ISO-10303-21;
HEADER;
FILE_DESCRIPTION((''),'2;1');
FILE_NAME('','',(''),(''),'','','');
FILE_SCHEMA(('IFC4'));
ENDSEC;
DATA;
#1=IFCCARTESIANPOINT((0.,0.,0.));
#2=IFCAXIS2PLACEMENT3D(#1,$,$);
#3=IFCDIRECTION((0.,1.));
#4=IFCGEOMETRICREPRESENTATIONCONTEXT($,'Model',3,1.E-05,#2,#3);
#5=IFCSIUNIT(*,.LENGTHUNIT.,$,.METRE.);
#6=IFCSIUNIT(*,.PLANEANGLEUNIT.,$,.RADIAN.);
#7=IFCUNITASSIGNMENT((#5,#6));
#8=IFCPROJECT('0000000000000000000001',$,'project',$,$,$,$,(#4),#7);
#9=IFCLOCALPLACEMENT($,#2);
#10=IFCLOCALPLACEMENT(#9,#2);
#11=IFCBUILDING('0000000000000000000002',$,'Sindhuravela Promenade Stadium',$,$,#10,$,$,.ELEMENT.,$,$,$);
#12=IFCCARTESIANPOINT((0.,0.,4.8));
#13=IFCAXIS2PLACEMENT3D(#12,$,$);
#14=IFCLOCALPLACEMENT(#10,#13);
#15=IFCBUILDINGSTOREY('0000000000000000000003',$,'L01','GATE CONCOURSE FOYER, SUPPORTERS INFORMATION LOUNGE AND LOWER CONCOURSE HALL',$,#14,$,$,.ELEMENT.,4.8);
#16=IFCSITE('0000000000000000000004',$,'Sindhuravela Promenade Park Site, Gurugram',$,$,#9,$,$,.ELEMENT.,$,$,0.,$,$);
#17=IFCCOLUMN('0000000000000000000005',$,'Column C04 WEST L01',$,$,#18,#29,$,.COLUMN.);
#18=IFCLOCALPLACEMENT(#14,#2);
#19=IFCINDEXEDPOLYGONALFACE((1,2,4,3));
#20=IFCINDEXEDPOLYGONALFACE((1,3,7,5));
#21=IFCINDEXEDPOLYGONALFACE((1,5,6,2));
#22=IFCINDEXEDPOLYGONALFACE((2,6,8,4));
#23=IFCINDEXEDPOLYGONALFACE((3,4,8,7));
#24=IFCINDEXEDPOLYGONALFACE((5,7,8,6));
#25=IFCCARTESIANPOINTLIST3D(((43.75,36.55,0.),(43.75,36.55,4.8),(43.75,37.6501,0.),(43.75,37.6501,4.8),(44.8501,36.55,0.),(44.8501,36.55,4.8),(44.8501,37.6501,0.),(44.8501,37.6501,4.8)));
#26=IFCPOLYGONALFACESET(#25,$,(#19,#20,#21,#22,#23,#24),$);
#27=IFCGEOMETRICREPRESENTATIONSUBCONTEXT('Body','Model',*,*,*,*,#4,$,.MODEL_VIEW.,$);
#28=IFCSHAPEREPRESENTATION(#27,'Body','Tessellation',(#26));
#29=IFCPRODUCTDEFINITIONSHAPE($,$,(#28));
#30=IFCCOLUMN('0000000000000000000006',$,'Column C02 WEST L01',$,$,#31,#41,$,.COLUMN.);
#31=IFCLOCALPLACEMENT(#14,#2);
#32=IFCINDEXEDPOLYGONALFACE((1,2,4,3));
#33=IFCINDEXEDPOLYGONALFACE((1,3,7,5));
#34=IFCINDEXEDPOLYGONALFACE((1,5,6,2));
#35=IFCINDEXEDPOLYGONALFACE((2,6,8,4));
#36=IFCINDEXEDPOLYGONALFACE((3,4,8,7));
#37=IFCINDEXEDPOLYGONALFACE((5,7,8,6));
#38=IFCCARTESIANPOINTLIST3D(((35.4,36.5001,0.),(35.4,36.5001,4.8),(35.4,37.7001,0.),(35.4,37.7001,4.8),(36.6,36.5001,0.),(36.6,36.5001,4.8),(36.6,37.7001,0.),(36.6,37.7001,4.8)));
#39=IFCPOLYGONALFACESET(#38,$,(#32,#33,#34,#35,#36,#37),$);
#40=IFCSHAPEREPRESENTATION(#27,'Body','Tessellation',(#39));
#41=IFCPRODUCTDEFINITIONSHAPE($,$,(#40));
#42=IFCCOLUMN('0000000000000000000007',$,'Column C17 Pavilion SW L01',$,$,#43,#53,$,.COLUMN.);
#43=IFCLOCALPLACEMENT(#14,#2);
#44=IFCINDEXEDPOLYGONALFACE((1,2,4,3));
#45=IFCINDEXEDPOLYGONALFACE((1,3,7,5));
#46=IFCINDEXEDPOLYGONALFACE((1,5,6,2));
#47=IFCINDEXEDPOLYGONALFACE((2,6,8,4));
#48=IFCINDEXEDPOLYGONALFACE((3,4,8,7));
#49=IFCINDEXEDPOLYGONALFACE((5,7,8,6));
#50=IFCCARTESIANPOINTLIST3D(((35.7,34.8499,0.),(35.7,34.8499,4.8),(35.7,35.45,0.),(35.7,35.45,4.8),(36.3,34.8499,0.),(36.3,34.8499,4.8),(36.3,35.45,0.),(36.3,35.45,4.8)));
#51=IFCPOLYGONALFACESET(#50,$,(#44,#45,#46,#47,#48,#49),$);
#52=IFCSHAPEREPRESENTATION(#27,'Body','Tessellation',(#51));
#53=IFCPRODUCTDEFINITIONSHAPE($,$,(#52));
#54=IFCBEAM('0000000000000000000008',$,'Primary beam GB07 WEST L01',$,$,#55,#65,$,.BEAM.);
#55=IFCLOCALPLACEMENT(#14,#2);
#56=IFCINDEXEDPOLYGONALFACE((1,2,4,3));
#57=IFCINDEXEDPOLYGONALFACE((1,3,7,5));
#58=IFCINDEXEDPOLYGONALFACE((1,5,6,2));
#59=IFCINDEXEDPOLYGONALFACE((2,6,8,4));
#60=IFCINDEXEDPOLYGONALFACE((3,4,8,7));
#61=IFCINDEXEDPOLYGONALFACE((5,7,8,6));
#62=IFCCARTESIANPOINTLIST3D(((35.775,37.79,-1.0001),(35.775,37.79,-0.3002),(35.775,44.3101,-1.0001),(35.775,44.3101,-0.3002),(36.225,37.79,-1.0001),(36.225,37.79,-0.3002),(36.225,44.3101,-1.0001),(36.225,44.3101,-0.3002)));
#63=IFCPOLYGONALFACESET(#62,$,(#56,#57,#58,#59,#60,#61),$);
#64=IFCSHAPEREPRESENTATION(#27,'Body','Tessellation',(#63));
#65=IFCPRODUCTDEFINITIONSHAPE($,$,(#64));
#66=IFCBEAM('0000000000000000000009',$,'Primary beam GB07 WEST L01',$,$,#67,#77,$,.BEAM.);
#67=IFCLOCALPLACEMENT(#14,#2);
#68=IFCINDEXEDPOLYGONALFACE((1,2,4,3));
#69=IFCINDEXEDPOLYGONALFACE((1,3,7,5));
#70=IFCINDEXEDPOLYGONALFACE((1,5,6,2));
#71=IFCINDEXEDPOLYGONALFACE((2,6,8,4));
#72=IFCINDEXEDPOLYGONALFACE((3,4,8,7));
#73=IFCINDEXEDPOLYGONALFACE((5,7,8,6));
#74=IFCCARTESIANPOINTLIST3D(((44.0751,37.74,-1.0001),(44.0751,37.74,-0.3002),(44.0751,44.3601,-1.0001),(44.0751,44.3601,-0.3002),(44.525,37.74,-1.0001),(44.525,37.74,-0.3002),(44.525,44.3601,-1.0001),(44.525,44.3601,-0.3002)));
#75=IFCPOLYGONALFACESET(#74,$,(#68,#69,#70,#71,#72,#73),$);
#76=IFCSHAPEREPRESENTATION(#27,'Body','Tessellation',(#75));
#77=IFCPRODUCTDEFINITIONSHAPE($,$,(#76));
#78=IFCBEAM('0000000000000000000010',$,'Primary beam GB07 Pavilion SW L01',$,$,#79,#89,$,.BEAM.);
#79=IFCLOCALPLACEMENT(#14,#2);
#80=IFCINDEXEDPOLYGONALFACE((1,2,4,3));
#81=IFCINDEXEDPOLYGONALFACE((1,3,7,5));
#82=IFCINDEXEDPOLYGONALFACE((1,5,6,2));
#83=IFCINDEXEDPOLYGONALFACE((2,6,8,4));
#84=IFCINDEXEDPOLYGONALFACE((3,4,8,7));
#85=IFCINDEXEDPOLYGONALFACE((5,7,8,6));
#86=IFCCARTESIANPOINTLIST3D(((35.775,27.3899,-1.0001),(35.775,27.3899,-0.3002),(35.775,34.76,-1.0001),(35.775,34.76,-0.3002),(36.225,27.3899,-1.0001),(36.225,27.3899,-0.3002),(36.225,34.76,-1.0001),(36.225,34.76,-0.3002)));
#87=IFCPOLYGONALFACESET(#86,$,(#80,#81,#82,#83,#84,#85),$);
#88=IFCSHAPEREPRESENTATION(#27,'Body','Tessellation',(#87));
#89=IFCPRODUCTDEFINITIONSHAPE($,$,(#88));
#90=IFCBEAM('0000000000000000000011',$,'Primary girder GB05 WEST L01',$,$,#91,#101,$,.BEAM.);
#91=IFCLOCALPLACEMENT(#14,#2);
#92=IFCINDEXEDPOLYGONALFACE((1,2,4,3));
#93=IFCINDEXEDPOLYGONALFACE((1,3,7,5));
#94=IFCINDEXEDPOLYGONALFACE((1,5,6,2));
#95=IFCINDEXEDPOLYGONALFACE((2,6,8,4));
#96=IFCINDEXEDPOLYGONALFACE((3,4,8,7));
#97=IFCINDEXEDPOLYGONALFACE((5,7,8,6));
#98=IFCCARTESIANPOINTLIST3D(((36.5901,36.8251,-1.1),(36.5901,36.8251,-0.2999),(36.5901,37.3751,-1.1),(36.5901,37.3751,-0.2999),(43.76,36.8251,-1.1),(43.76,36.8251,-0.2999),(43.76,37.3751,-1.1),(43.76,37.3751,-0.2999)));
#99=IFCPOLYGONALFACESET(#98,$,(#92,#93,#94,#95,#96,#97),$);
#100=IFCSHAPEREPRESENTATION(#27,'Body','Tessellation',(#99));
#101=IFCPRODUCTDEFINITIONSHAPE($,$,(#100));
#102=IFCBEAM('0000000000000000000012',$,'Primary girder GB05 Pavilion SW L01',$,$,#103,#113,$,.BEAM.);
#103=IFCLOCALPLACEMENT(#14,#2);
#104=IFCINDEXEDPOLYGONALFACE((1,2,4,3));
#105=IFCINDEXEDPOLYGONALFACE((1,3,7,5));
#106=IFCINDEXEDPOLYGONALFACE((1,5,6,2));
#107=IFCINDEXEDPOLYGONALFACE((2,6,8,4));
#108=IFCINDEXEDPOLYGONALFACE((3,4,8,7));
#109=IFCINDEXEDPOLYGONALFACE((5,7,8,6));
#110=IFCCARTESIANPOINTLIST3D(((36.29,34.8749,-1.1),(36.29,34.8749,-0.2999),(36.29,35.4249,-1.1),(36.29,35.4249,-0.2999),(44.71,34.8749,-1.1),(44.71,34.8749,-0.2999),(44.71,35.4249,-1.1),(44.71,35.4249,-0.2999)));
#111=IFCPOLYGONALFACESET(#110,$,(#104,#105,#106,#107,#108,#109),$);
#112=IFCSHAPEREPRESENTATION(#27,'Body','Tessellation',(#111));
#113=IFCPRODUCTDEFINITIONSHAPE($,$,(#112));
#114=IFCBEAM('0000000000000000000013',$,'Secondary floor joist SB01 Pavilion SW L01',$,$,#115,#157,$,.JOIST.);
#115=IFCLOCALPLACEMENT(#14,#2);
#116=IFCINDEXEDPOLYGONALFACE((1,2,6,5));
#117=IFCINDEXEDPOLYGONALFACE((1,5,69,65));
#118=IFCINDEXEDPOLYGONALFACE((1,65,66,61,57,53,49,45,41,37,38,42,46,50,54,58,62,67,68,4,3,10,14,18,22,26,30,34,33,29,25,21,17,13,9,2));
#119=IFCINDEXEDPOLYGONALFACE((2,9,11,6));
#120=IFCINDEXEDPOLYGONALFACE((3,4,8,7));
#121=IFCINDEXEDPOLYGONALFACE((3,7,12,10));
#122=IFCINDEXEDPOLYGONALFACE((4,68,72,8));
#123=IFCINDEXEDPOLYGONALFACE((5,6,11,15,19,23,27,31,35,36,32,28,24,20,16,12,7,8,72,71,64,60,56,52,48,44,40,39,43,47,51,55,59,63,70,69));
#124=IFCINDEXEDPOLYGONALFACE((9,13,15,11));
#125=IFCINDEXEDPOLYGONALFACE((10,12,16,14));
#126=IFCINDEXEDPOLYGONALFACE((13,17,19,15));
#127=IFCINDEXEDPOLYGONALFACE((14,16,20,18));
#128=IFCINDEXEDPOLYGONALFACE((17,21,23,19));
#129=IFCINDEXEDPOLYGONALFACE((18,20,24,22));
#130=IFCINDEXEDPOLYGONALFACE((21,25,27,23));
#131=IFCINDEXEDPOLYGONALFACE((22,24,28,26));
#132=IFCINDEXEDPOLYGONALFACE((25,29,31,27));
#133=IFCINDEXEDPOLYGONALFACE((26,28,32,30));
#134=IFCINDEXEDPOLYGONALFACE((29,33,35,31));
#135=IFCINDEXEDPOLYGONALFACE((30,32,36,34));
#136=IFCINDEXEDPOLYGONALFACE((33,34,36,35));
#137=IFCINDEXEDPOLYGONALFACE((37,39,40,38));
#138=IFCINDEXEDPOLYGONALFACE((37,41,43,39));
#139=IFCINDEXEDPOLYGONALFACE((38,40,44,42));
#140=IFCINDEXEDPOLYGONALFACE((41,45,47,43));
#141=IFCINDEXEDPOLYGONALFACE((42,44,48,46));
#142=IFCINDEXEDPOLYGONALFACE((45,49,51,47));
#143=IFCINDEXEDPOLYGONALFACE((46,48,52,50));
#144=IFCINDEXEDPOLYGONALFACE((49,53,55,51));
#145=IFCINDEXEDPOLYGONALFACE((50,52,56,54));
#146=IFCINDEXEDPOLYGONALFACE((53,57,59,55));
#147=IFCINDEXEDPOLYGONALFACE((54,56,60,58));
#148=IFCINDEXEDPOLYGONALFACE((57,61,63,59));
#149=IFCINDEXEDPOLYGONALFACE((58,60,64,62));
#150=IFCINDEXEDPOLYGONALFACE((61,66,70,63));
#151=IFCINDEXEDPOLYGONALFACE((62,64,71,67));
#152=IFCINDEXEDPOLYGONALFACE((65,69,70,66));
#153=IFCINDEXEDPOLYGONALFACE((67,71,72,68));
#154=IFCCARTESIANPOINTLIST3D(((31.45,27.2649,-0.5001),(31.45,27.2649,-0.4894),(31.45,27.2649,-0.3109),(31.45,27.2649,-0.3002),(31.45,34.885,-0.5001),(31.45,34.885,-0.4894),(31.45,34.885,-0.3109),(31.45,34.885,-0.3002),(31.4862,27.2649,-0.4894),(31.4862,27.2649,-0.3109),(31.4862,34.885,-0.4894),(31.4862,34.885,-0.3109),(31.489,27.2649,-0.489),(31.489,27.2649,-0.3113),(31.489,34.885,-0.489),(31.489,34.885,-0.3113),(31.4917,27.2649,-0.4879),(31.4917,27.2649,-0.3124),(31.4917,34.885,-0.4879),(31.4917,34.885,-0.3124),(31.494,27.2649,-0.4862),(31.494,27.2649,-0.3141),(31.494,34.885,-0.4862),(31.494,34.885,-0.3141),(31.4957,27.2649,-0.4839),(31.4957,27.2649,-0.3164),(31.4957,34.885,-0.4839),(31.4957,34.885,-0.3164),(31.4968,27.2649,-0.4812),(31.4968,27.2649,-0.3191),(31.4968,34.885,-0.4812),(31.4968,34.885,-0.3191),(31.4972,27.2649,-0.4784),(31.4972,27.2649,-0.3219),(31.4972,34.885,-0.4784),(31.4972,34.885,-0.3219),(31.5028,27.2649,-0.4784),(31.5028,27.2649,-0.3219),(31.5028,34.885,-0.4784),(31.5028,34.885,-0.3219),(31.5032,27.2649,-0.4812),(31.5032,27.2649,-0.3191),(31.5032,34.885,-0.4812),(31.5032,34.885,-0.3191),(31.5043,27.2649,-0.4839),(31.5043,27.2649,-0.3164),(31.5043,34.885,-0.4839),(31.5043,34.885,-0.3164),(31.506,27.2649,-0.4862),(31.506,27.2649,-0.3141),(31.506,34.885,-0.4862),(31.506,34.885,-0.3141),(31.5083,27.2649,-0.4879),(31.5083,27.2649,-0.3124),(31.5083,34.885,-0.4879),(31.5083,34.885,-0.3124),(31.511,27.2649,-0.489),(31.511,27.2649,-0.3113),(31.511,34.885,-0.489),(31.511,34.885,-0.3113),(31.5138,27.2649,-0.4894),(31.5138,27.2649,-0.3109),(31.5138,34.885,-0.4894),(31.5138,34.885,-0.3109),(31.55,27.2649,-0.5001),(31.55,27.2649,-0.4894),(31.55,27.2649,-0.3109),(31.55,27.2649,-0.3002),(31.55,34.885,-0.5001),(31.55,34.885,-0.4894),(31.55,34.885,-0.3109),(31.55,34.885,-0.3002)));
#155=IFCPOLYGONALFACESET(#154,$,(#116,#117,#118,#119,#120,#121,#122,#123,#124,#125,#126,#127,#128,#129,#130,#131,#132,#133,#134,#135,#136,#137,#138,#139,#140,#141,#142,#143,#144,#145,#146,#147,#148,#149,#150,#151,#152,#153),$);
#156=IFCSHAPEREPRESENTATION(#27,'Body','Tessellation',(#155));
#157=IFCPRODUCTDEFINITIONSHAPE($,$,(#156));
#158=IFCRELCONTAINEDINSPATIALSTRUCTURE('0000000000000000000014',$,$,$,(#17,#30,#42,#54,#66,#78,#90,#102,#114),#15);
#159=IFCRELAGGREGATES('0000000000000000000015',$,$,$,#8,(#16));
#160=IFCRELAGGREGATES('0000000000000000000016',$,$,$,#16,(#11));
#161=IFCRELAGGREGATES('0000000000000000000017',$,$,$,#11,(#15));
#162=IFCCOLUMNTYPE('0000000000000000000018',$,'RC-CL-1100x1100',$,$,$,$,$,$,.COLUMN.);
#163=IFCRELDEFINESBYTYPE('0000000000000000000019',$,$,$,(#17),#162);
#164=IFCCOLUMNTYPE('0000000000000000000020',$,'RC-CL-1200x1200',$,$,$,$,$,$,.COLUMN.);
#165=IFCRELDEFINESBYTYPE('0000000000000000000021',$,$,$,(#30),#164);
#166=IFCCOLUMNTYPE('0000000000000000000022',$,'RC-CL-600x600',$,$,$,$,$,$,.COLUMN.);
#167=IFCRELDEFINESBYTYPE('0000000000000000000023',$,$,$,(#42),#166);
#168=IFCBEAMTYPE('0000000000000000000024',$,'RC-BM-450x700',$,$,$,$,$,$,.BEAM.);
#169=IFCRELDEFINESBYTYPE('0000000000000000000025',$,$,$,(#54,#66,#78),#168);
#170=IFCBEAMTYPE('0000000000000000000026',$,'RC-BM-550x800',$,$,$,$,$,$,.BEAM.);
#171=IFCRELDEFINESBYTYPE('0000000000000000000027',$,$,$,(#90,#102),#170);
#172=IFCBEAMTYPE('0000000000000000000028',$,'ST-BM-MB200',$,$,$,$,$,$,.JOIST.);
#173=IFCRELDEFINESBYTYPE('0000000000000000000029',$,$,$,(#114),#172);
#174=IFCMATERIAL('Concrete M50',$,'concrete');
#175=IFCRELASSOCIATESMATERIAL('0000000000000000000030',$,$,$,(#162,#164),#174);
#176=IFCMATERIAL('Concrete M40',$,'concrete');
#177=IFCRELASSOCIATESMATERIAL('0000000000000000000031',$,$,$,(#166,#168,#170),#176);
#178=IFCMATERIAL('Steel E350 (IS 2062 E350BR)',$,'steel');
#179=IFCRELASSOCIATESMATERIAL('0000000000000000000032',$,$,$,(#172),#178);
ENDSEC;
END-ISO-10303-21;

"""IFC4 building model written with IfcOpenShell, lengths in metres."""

from ifc_helpers import new_model, si_unit, direction, frame, origin, origin_2d, place, context, subcontext, project, spatial, rectangle, i_section, extrude, material, material_profile, profile_set, type_object, element, save


model = new_model("IFC4")

# Units and contexts
model_context = context("Model", 3, precision=1e-05, world=origin(), true_north=direction((0.0, 1.0)))
body_context = subcontext(model_context, "Body", "Model", "MODEL_VIEW")
ifc_project = project(units=[si_unit("LENGTHUNIT", "METRE"), si_unit("PLANEANGLEUNIT", "RADIAN")], contexts=[model_context])

# Site, building, storey
site_placement = place(None, origin())
site = spatial("IfcSite", under=ifc_project, at=site_placement, Name="Sindhuravela Promenade Park Site, Gurugram", CompositionType="ELEMENT", RefElevation=0.0)
building_placement = place(site_placement, origin())
building = spatial("IfcBuilding", under=site, at=building_placement, Name="Sindhuravela Promenade Stadium", CompositionType="ELEMENT")
storey_placement = place(building_placement, frame((0.0, 0.0, 4.8)))
storey = spatial("IfcBuildingStorey", under=building, at=storey_placement, Name="L01", Description="GATE CONCOURSE FOYER, SUPPORTERS INFORMATION LOUNGE AND LOWER CONCOURSE HALL", CompositionType="ELEMENT", Elevation=4.8)

# Columns
ifc_material_1 = material(Name="Concrete M50", Category="concrete")
ifc_material_profile_1 = material_profile(ifc_material_1, rectangle(XDim=1.1001, YDim=1.1001, at=origin_2d()), Name="RC 1100x1100")
ifc_profile_set_1 = profile_set([ifc_material_profile_1], Name="Concrete M50")
column_type_1 = type_object("IfcColumnType", Name="RC-CL-1100x1100", PredefinedType="COLUMN", material=ifc_profile_set_1)
column_1_placement = place(storey_placement, frame((44.3, 37.1001, 0.0), z_axis=(0.0, 0.0, 1.0), x_axis=(1.0, 0.0, 0.0)))
element("IfcColumn", 1, at=column_1_placement, inside=storey, type_object=column_type_1, Name="Column C04 WEST L01", PredefinedType="COLUMN", context=body_context, shape_type="SweptSolid", body=[
    extrude(rectangle(XDim=1.1001, YDim=1.1001, at=origin_2d()), origin(), (0.0, 0.0, 1.0), 4.8),
])
ifc_material_profile_2 = material_profile(ifc_material_1, rectangle(XDim=1.2, YDim=1.2, at=origin_2d()), Name="RC 1200x1200")
ifc_profile_set_2 = profile_set([ifc_material_profile_2], Name="Concrete M50")
column_type_2 = type_object("IfcColumnType", Name="RC-CL-1200x1200", PredefinedType="COLUMN", material=ifc_profile_set_2)
column_2_placement = place(storey_placement, frame((36.0, 37.1001, 0.0), z_axis=(0.0, 0.0, 1.0), x_axis=(1.0, 0.0, 0.0)))
element("IfcColumn", 2, at=column_2_placement, inside=storey, type_object=column_type_2, Name="Column C02 WEST L01", PredefinedType="COLUMN", context=body_context, shape_type="SweptSolid", body=[
    extrude(rectangle(XDim=1.2, YDim=1.2, at=origin_2d()), origin(), (0.0, 0.0, 1.0), 4.8),
])
ifc_material_2 = material(Name="Concrete M40", Category="concrete")
ifc_material_profile_3 = material_profile(ifc_material_2, rectangle(XDim=0.6001, YDim=0.6001, at=origin_2d()), Name="RC 600x600")
ifc_profile_set_3 = profile_set([ifc_material_profile_3], Name="Concrete M40")
column_type_3 = type_object("IfcColumnType", Name="RC-CL-600x600", PredefinedType="COLUMN", material=ifc_profile_set_3)
column_3_placement = place(storey_placement, frame((36.0, 35.1499, 0.0), z_axis=(0.0, 0.0, 1.0), x_axis=(1.0, 0.0, 0.0)))
element("IfcColumn", 3, at=column_3_placement, inside=storey, type_object=column_type_3, Name="Column C17 Pavilion SW L01", PredefinedType="COLUMN", context=body_context, shape_type="SweptSolid", body=[
    extrude(rectangle(XDim=0.6001, YDim=0.6001, at=origin_2d()), origin(), (0.0, 0.0, 1.0), 4.8),
])

# Beams
ifc_material_profile_4 = material_profile(ifc_material_2, rectangle(XDim=0.45, YDim=0.7, at=origin_2d()), Name="RC 450x700")
ifc_profile_set_4 = profile_set([ifc_material_profile_4], Name="Concrete M40")
beam_type_1 = type_object("IfcBeamType", Name="RC-BM-450x700", PredefinedType="BEAM", material=ifc_profile_set_4)
beam_1_placement = place(storey_placement, frame((36.0, 37.79, -0.6501), z_axis=(0.0, 1.0, 0.0), x_axis=(-1.0, 0.0, 0.0)))
element("IfcBeam", 4, at=beam_1_placement, inside=storey, type_object=beam_type_1, Name="Primary beam GB07 WEST L01", PredefinedType="BEAM", context=body_context, shape_type="SweptSolid", body=[
    extrude(rectangle(XDim=0.45, YDim=0.7, at=origin_2d()), origin(), (0.0, 0.0, 1.0), 6.52),
])
beam_2_placement = place(storey_placement, frame((44.3, 37.74, -0.6501), z_axis=(0.0, 1.0, 0.0), x_axis=(-1.0, 0.0, 0.0)))
element("IfcBeam", 5, at=beam_2_placement, inside=storey, type_object=beam_type_1, Name="Primary beam GB07 WEST L01", PredefinedType="BEAM", context=body_context, shape_type="SweptSolid", body=[
    extrude(rectangle(XDim=0.45, YDim=0.7, at=origin_2d()), origin(), (0.0, 0.0, 1.0), 6.6201),
])
beam_3_placement = place(storey_placement, frame((36.0, 27.3899, -0.6501), z_axis=(0.0, 1.0, 0.0), x_axis=(-1.0, 0.0, 0.0)))
element("IfcBeam", 6, at=beam_3_placement, inside=storey, type_object=beam_type_1, Name="Primary beam GB07 Pavilion SW L01", PredefinedType="BEAM", context=body_context, shape_type="SweptSolid", body=[
    extrude(rectangle(XDim=0.45, YDim=0.7, at=origin_2d()), origin(), (0.0, 0.0, 1.0), 7.3701),
])
ifc_material_profile_5 = material_profile(ifc_material_2, rectangle(XDim=0.55, YDim=0.8, at=origin_2d()), Name="RC 550x800")
ifc_profile_set_5 = profile_set([ifc_material_profile_5], Name="Concrete M40")
beam_type_2 = type_object("IfcBeamType", Name="RC-BM-550x800", PredefinedType="BEAM", material=ifc_profile_set_5)
beam_4_placement = place(storey_placement, frame((36.5901, 37.1001, -0.7), z_axis=(1.0, 0.0, 0.0), x_axis=(0.0, 1.0, 0.0)))
element("IfcBeam", 7, at=beam_4_placement, inside=storey, type_object=beam_type_2, Name="Primary girder GB05 WEST L01", PredefinedType="BEAM", context=body_context, shape_type="SweptSolid", body=[
    extrude(rectangle(XDim=0.55, YDim=0.8, at=origin_2d()), origin(), (0.0, 0.0, 1.0), 7.1699),
])
beam_5_placement = place(storey_placement, frame((36.29, 35.1499, -0.7), z_axis=(1.0, 0.0, 0.0), x_axis=(0.0, 1.0, 0.0)))
element("IfcBeam", 8, at=beam_5_placement, inside=storey, type_object=beam_type_2, Name="Primary girder GB05 Pavilion SW L01", PredefinedType="BEAM", context=body_context, shape_type="SweptSolid", body=[
    extrude(rectangle(XDim=0.55, YDim=0.8, at=origin_2d()), origin(), (0.0, 0.0, 1.0), 8.4199),
])
ifc_material_3 = material(Name="Steel E350 (IS 2062 E350BR)", Category="steel")
ifc_material_profile_6 = material_profile(ifc_material_3, i_section(OverallWidth=0.1001, OverallDepth=0.2, WebThickness=0.0056, FlangeThickness=0.0107, FilletRadius=0.011, at=origin_2d()), Name="ISMB 200")
ifc_profile_set_6 = profile_set([ifc_material_profile_6], Name="Steel E350 (IS 2062 E350BR)")
beam_type_3 = type_object("IfcBeamType", Name="ST-BM-MB200", PredefinedType="JOIST", material=ifc_profile_set_6)
beam_6_placement = place(storey_placement, frame((31.5, 27.2649, -0.4001), z_axis=(0.0, 1.0, 0.0), x_axis=(-1.0, 0.0, 0.0)))
element("IfcBeam", 9, at=beam_6_placement, inside=storey, type_object=beam_type_3, Name="Secondary floor joist SB01 Pavilion SW L01", PredefinedType="JOIST", context=body_context, shape_type="SweptSolid", body=[
    extrude(i_section(OverallWidth=0.1001, OverallDepth=0.2, WebThickness=0.0056, FlangeThickness=0.0107, FilletRadius=0.011, at=origin_2d()), origin(), (0.0, 0.0, 1.0), 7.6201),
])

save(model, "model.ifc")
